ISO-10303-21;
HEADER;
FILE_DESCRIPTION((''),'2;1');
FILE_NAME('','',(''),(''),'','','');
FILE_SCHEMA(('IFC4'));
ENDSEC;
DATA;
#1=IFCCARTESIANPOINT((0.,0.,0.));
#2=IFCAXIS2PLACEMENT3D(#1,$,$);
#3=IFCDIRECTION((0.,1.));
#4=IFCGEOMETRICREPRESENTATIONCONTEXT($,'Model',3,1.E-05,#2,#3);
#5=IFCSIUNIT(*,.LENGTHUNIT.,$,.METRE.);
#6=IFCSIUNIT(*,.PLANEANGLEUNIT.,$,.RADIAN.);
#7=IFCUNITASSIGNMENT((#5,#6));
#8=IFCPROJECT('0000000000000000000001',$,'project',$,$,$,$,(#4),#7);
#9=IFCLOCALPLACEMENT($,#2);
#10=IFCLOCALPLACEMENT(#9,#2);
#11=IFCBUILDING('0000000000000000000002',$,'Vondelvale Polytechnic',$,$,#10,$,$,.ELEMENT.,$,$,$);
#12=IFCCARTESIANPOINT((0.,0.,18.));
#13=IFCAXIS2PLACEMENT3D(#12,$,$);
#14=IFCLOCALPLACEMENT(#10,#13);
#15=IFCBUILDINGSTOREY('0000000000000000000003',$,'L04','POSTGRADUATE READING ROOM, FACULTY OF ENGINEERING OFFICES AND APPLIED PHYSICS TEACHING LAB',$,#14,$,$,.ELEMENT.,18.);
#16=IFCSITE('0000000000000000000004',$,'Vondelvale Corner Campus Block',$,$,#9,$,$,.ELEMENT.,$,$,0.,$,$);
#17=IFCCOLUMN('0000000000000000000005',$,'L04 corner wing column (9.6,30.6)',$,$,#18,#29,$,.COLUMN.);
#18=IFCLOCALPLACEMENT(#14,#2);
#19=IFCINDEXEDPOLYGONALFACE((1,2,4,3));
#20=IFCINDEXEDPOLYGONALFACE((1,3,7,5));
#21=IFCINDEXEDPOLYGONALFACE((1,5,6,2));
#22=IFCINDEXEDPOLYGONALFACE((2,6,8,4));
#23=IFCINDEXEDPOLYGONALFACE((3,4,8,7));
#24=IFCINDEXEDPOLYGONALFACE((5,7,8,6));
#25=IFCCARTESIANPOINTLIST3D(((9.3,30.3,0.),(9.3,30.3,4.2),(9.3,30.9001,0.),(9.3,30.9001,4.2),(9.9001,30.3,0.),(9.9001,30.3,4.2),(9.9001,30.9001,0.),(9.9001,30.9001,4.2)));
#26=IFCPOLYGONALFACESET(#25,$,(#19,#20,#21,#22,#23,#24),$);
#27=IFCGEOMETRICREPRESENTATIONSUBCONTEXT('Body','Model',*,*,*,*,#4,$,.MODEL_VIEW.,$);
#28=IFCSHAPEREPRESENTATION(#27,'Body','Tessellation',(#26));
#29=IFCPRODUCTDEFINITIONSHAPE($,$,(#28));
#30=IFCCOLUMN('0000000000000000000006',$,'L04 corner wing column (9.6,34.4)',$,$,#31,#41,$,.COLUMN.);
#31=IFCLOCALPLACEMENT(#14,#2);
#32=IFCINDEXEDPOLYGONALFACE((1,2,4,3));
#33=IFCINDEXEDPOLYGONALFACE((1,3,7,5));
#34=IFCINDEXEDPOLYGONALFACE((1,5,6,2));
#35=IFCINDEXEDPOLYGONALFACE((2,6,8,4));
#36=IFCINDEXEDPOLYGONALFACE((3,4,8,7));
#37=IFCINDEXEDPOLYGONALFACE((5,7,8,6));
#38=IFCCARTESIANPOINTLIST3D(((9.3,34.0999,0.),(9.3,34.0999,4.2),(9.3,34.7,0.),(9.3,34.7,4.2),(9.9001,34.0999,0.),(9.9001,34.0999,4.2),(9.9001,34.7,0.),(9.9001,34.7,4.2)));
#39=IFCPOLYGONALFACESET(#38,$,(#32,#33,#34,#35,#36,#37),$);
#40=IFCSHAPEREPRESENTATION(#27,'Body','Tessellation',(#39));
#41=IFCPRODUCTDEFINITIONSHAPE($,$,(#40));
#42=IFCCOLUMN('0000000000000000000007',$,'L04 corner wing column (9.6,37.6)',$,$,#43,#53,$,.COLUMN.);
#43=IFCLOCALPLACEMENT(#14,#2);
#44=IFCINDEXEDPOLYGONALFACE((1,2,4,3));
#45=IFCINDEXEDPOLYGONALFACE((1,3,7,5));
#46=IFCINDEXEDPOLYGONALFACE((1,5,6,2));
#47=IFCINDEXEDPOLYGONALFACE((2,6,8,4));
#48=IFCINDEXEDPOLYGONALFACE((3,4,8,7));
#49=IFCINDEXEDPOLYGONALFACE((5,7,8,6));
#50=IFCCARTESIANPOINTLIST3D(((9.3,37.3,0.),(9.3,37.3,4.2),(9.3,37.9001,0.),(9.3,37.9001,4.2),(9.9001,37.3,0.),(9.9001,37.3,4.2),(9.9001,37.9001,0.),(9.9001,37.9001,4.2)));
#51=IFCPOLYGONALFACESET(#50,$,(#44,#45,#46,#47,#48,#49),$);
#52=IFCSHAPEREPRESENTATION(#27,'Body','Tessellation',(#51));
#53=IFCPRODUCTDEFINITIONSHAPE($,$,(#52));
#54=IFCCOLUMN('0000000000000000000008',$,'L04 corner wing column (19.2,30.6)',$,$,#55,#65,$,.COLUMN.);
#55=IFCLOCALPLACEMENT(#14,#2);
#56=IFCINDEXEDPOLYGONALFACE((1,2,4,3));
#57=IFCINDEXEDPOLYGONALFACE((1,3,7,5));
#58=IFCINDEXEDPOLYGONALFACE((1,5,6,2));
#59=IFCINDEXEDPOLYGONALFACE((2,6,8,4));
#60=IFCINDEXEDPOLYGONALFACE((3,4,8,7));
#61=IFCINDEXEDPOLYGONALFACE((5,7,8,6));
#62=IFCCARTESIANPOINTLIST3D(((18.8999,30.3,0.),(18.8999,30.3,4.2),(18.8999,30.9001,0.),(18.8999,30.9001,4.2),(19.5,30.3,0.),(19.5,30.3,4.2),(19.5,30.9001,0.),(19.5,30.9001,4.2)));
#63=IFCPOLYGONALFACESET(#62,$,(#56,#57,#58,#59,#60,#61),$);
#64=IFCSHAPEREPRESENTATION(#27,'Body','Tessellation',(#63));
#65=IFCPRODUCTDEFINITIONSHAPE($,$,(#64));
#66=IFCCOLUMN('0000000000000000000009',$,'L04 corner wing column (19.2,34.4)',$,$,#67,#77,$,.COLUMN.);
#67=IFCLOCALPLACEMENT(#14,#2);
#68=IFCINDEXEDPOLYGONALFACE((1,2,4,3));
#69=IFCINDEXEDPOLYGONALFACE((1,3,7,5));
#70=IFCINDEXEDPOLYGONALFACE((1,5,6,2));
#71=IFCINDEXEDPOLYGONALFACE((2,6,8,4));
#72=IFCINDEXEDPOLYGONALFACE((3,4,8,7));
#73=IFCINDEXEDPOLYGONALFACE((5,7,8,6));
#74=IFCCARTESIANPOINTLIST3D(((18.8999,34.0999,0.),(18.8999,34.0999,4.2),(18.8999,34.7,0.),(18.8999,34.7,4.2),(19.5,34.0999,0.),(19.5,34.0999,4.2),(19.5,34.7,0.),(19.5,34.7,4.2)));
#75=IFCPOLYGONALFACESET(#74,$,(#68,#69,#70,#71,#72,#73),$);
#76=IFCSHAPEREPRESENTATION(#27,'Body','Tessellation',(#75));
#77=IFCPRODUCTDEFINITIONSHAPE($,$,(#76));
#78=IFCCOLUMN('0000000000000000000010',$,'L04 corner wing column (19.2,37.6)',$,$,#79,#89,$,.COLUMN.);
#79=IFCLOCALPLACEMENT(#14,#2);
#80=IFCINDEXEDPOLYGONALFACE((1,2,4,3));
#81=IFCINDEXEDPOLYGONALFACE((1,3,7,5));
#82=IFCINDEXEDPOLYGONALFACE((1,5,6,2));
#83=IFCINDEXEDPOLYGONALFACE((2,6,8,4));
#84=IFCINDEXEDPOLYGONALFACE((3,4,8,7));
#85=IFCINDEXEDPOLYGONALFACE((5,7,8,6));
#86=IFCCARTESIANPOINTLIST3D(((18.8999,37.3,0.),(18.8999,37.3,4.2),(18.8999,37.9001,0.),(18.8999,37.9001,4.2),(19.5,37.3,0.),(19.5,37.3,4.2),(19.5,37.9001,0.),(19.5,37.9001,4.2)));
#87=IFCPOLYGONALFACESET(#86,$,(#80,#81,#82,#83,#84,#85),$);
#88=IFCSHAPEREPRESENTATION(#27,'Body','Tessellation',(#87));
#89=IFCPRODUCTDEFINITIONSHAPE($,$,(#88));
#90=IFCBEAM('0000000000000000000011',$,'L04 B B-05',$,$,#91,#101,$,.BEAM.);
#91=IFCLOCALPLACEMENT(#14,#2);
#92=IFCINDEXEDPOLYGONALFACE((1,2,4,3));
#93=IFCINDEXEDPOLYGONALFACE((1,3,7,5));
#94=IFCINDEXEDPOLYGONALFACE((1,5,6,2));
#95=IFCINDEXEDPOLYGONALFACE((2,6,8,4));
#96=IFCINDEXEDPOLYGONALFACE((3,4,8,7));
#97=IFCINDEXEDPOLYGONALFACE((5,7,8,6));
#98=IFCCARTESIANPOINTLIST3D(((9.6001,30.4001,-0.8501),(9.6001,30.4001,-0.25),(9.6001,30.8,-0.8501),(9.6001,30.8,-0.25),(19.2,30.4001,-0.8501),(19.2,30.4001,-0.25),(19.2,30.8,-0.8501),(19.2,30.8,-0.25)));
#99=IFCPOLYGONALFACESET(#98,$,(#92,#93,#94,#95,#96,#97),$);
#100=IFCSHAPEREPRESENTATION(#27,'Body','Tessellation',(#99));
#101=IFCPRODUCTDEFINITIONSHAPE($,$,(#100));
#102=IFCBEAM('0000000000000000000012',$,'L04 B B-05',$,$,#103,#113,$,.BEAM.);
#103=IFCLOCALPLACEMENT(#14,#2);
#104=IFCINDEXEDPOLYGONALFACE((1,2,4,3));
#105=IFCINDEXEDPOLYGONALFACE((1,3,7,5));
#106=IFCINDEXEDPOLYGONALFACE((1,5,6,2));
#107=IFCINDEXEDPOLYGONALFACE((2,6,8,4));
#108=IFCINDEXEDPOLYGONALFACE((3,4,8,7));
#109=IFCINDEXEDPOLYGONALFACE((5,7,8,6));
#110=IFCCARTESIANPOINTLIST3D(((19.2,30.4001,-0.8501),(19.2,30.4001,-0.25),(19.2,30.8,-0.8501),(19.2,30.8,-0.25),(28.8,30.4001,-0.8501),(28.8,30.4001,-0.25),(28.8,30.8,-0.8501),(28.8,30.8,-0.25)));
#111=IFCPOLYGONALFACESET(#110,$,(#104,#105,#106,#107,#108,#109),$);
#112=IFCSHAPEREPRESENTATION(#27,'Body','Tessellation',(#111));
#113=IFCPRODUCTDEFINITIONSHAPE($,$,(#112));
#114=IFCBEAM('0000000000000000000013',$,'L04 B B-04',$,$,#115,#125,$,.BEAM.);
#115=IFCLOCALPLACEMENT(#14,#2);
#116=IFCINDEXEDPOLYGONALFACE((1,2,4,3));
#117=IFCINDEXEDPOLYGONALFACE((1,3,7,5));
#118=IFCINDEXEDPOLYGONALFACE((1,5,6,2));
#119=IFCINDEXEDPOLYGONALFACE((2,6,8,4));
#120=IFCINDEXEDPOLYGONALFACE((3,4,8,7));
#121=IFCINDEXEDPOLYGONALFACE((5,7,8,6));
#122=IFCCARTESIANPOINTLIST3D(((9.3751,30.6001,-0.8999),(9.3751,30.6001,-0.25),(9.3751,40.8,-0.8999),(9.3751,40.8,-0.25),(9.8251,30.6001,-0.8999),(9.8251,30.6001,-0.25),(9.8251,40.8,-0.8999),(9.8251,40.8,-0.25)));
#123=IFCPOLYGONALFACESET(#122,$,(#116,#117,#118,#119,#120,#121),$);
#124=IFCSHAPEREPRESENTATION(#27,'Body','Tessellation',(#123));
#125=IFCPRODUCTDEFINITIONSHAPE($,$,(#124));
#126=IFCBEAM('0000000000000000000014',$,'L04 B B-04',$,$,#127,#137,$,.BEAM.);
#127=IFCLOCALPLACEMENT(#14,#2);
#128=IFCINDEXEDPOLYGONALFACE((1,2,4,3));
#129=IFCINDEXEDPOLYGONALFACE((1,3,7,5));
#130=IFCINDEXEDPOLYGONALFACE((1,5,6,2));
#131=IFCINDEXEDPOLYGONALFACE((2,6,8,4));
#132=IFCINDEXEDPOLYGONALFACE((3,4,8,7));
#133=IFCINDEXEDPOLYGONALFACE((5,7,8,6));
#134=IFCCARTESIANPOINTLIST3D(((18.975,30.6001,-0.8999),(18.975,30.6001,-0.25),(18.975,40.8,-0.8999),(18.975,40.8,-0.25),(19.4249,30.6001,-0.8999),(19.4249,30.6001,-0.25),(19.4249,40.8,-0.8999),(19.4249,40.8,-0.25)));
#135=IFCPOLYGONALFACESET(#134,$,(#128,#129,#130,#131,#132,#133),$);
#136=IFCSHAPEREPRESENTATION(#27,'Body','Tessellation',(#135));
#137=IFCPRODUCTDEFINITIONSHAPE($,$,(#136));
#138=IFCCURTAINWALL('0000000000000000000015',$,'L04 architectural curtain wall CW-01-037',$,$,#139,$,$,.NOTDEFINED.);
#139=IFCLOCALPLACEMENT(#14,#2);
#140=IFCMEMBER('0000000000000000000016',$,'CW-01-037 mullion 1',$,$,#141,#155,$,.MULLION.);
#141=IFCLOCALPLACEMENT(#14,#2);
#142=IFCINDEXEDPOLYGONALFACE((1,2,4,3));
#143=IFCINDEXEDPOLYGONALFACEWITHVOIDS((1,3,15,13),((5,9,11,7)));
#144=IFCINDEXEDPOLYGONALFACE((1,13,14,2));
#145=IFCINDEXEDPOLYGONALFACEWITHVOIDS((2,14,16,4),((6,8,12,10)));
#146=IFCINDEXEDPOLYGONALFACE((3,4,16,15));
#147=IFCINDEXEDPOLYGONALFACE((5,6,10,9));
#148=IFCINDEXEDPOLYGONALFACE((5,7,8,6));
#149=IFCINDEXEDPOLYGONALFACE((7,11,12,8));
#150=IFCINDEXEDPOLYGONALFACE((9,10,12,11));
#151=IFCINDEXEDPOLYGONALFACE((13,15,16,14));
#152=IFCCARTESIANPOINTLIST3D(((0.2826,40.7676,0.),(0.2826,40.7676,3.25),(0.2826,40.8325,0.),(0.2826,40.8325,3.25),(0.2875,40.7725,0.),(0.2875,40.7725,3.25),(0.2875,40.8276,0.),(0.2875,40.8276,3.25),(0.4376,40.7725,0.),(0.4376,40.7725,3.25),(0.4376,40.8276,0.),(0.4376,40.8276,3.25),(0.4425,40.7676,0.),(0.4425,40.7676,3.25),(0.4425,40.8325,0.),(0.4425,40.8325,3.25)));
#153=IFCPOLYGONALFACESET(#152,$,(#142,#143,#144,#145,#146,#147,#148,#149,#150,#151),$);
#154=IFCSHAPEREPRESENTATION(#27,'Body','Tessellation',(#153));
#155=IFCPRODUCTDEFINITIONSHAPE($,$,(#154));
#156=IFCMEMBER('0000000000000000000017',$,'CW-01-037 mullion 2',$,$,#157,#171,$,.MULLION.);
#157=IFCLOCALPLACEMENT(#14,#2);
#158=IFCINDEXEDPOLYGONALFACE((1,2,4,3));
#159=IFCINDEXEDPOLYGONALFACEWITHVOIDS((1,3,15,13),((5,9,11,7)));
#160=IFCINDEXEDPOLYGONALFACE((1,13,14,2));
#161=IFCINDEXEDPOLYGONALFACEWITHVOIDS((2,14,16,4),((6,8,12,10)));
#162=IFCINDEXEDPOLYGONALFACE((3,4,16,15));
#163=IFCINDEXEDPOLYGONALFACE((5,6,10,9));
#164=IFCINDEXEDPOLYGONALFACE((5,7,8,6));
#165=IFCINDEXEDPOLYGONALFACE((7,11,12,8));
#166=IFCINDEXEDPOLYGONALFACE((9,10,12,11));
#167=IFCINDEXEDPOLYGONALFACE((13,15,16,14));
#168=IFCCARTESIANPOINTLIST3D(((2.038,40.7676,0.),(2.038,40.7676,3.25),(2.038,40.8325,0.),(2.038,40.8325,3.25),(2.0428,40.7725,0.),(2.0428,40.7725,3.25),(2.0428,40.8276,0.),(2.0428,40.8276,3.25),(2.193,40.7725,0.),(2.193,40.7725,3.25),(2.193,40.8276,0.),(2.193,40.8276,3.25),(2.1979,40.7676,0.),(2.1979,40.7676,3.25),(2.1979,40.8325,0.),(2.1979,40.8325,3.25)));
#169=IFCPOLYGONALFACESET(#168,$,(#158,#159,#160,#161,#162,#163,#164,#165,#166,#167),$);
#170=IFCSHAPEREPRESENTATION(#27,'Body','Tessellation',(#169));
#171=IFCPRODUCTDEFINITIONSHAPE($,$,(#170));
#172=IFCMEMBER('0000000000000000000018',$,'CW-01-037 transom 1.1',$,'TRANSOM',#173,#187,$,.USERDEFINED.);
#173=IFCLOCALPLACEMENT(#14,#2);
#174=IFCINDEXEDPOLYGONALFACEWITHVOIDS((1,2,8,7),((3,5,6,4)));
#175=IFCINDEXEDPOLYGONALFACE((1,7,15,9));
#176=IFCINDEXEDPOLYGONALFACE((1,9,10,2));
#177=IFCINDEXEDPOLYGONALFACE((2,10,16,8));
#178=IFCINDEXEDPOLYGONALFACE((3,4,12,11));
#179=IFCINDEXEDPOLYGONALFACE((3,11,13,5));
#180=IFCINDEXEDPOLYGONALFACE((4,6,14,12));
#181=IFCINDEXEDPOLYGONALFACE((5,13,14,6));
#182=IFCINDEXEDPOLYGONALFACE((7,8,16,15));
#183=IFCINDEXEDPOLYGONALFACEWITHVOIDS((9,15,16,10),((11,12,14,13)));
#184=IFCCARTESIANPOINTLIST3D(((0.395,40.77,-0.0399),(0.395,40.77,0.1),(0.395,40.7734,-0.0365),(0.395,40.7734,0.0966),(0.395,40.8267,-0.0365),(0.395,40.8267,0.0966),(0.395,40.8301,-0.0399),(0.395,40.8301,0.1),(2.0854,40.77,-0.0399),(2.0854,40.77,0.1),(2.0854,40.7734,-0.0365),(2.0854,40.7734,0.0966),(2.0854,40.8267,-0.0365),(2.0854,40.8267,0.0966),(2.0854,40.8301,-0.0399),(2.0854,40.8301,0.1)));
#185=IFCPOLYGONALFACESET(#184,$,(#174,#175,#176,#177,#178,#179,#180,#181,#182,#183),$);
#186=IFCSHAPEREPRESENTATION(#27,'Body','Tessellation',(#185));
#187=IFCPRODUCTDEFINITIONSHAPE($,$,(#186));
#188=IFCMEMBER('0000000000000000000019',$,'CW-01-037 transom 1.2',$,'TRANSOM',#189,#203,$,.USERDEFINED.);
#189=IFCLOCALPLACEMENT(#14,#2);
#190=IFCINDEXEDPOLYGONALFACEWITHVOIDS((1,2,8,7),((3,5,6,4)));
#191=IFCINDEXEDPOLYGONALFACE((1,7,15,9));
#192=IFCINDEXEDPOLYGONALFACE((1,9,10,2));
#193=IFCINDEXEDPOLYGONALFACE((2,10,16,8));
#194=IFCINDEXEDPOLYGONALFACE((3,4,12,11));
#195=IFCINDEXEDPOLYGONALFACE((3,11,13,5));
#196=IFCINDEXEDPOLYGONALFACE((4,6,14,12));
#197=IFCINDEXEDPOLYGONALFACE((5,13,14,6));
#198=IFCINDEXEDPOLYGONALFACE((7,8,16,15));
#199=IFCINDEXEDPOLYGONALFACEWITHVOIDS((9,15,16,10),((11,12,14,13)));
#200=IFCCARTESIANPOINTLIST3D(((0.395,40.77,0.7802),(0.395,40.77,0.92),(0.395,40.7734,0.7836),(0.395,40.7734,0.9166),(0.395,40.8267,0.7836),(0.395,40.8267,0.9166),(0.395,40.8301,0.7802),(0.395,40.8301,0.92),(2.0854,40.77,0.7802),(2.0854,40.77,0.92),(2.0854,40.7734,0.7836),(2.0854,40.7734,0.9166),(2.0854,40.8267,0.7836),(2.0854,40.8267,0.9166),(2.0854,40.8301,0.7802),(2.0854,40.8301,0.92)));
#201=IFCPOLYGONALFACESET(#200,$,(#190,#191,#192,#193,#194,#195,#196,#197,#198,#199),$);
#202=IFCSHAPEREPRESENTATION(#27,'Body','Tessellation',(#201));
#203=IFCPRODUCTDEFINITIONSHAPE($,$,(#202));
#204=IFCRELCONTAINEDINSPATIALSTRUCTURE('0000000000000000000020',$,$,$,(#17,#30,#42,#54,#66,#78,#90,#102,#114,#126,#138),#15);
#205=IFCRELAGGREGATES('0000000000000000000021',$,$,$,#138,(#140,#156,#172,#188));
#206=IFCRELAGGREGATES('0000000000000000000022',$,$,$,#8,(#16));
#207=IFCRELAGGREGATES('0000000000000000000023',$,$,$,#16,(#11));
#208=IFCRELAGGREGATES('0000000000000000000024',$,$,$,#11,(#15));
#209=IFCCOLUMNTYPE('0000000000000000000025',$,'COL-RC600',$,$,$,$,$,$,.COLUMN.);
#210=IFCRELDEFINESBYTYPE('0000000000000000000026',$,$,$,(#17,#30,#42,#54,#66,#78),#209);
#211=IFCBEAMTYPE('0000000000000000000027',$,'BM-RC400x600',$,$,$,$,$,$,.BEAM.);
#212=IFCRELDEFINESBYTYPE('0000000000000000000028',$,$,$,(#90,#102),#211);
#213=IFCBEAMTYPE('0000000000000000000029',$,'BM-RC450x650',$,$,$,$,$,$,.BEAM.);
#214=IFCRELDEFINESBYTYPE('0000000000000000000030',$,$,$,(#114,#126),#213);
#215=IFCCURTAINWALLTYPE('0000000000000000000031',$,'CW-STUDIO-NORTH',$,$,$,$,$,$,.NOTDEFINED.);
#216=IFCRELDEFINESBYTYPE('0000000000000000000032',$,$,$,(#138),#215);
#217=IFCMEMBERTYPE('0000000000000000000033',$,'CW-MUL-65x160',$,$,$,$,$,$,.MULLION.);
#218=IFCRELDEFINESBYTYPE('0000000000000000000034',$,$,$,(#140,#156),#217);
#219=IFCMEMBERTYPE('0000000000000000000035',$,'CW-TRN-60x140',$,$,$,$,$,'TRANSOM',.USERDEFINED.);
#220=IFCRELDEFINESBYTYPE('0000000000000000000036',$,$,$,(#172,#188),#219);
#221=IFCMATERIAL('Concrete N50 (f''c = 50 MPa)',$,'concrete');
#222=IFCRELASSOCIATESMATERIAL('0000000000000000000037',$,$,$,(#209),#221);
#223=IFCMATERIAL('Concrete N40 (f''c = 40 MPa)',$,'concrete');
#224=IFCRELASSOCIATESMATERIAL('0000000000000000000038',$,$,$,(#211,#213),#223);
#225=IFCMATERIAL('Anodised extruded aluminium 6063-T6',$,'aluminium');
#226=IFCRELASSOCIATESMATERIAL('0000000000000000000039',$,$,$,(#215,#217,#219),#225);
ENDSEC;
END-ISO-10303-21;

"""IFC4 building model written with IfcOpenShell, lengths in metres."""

from ifc_helpers import new_model, si_unit, direction, frame, origin, origin_2d, place, context, subcontext, project, spatial, rectangle, hollow_rectangle, extrude, material, material_profile, profile_set, type_object, element, aggregate, save


model = new_model("IFC4")

# Units and contexts
model_context = context("Model", 3, precision=1e-05, world=origin(), true_north=direction((0.0, 1.0)))
body_context = subcontext(model_context, "Body", "Model", "MODEL_VIEW")
ifc_project = project(units=[si_unit("LENGTHUNIT", "METRE"), si_unit("PLANEANGLEUNIT", "RADIAN")], contexts=[model_context])

# Site, building, storey
site_placement = place(None, origin())
site = spatial("IfcSite", under=ifc_project, at=site_placement, Name="Vondelvale Corner Campus Block", CompositionType="ELEMENT", RefElevation=0.0)
building_placement = place(site_placement, origin())
building = spatial("IfcBuilding", under=site, at=building_placement, Name="Vondelvale Polytechnic", CompositionType="ELEMENT")
storey_placement = place(building_placement, frame((0.0, 0.0, 18.0)))
storey = spatial("IfcBuildingStorey", under=building, at=storey_placement, Name="L04", Description="POSTGRADUATE READING ROOM, FACULTY OF ENGINEERING OFFICES AND APPLIED PHYSICS TEACHING LAB", CompositionType="ELEMENT", Elevation=18.0)

# Columns
ifc_material_1 = material(Name="Concrete N50 (f'c = 50 MPa)", Category="concrete")
ifc_material_profile_1 = material_profile(ifc_material_1, rectangle(XDim=0.6001, YDim=0.6001, at=origin_2d()), Name="RC-COL-600x600")
ifc_profile_set_1 = profile_set([ifc_material_profile_1], Name="Concrete N50 (f'c = 50 MPa)")
column_type = type_object("IfcColumnType", Name="COL-RC600", PredefinedType="COLUMN", material=ifc_profile_set_1)
for number, where, z_axis, x_axis, name in (
    (1, (9.6001, 30.6001, 0.0), (0.0, 0.0, 1.0), (1.0, 0.0, 0.0), "L04 corner wing column (9.6,30.6)"),
    (2, (9.6001, 34.3999, 0.0), (0.0, 0.0, 1.0), (1.0, 0.0, 0.0), "L04 corner wing column (9.6,34.4)"),
    (3, (9.6001, 37.6001, 0.0), (0.0, 0.0, 1.0), (1.0, 0.0, 0.0), "L04 corner wing column (9.6,37.6)"),
    (4, (19.2, 30.6001, 0.0), (0.0, 0.0, 1.0), (1.0, 0.0, 0.0), "L04 corner wing column (19.2,30.6)"),
    (5, (19.2, 34.3999, 0.0), (0.0, 0.0, 1.0), (1.0, 0.0, 0.0), "L04 corner wing column (19.2,34.4)"),
    (6, (19.2, 37.6001, 0.0), (0.0, 0.0, 1.0), (1.0, 0.0, 0.0), "L04 corner wing column (19.2,37.6)"),
):
    element("IfcColumn", number, at=place(storey_placement, frame(where, z_axis=z_axis, x_axis=x_axis)), inside=storey, type_object=column_type, Name=name, PredefinedType="COLUMN", context=body_context, shape_type="SweptSolid", body=[
        extrude(rectangle(XDim=0.6001, YDim=0.6001, at=origin_2d()), origin(), (0.0, 0.0, 1.0), 4.2),
    ])

# Beams
ifc_material_2 = material(Name="Concrete N40 (f'c = 40 MPa)", Category="concrete")
ifc_material_profile_2 = material_profile(ifc_material_2, rectangle(XDim=0.3999, YDim=0.6001, at=origin_2d()), Name="RC-BM-400x600")
ifc_profile_set_2 = profile_set([ifc_material_profile_2], Name="Concrete N40 (f'c = 40 MPa)")
beam_type_1 = type_object("IfcBeamType", Name="BM-RC400x600", PredefinedType="BEAM", material=ifc_profile_set_2)
beam_1_placement = place(storey_placement, frame((9.6001, 30.6001, -0.55), z_axis=(1.0, 0.0, 0.0), x_axis=(0.0, 1.0, 0.0)))
element("IfcBeam", 7, at=beam_1_placement, inside=storey, type_object=beam_type_1, Name="L04 B B-05", PredefinedType="BEAM", context=body_context, shape_type="SweptSolid", body=[
    extrude(rectangle(XDim=0.3999, YDim=0.6001, at=origin_2d()), origin(), (0.0, 0.0, 1.0), 9.5999),
])
beam_2_placement = place(storey_placement, frame((19.2, 30.6001, -0.55), z_axis=(1.0, 0.0, 0.0), x_axis=(0.0, 1.0, 0.0)))
element("IfcBeam", 8, at=beam_2_placement, inside=storey, type_object=beam_type_1, Name="L04 B B-05", PredefinedType="BEAM", context=body_context, shape_type="SweptSolid", body=[
    extrude(rectangle(XDim=0.3999, YDim=0.6001, at=origin_2d()), origin(), (0.0, 0.0, 1.0), 9.6001),
])
ifc_material_profile_3 = material_profile(ifc_material_2, rectangle(XDim=0.45, YDim=0.6499, at=origin_2d()), Name="RC-BM-450x650")
ifc_profile_set_3 = profile_set([ifc_material_profile_3], Name="Concrete N40 (f'c = 40 MPa)")
beam_type_2 = type_object("IfcBeamType", Name="BM-RC450x650", PredefinedType="BEAM", material=ifc_profile_set_3)
for number, where, z_axis, x_axis, name in (
    (9, (9.6001, 30.6001, -0.575), (0.0, 1.0, 0.0), (-1.0, 0.0, 0.0), "L04 B B-04"),
    (10, (19.2, 30.6001, -0.575), (0.0, 1.0, 0.0), (-1.0, 0.0, 0.0), "L04 B B-04"),
):
    element("IfcBeam", number, at=place(storey_placement, frame(where, z_axis=z_axis, x_axis=x_axis)), inside=storey, type_object=beam_type_2, Name=name, PredefinedType="BEAM", context=body_context, shape_type="SweptSolid", body=[
        extrude(rectangle(XDim=0.45, YDim=0.6499, at=origin_2d()), origin(), (0.0, 0.0, 1.0), 10.2),
    ])

# Curtain wall, members
ifc_material_3 = material(Name="Anodised extruded aluminium 6063-T6", Category="aluminium")
curtain_wall_type = type_object("IfcCurtainWallType", Name="CW-STUDIO-NORTH", PredefinedType="NOTDEFINED", material=ifc_material_3)
curtain_wall_placement = place(storey_placement, origin())
curtain_wall = element("IfcCurtainWall", 11, at=curtain_wall_placement, inside=storey, type_object=curtain_wall_type, Name="L04 architectural curtain wall CW-01-037", PredefinedType="NOTDEFINED")
ifc_material_profile_4 = material_profile(ifc_material_3, hollow_rectangle(XDim=0.0649, YDim=0.1599, WallThickness=0.0049, at=origin_2d()), Name="CW-MUL-160x65")
ifc_profile_set_4 = profile_set([ifc_material_profile_4], Name="Anodised extruded aluminium 6063-T6")
member_type_1 = type_object("IfcMemberType", Name="CW-MUL-65x160", PredefinedType="MULLION", material=ifc_profile_set_4)
member_1_placement = place(storey_placement, frame((0.3625, 40.8, 0.0), z_axis=(0.0, 0.0, 1.0), x_axis=(0.0, 1.0, 0.0)))
member_1 = element("IfcMember", 12, at=member_1_placement, type_object=member_type_1, Name="CW-01-037 mullion 1", PredefinedType="MULLION", context=body_context, shape_type="SweptSolid", body=[
    extrude(hollow_rectangle(XDim=0.0649, YDim=0.1599, WallThickness=0.0049, at=origin_2d()), origin(), (0.0, 0.0, 1.0), 3.25),
])
member_2_placement = place(storey_placement, frame((2.1179, 40.8, 0.0), z_axis=(0.0, 0.0, 1.0), x_axis=(0.0, 1.0, 0.0)))
member_2 = element("IfcMember", 13, at=member_2_placement, type_object=member_type_1, Name="CW-01-037 mullion 2", PredefinedType="MULLION", context=body_context, shape_type="SweptSolid", body=[
    extrude(hollow_rectangle(XDim=0.0649, YDim=0.1599, WallThickness=0.0049, at=origin_2d()), origin(), (0.0, 0.0, 1.0), 3.25),
])
ifc_material_profile_5 = material_profile(ifc_material_3, hollow_rectangle(XDim=0.0601, YDim=0.1399, WallThickness=0.0034, at=origin_2d()), Name="CW-TRN-140x60")
ifc_profile_set_5 = profile_set([ifc_material_profile_5], Name="Anodised extruded aluminium 6063-T6")
member_type_2 = type_object("IfcMemberType", Name="CW-TRN-60x140", ElementType="TRANSOM", PredefinedType="USERDEFINED", material=ifc_profile_set_5)
member_3_placement = place(storey_placement, frame((0.395, 40.8, 0.03), z_axis=(1.0, 0.0, 0.0), x_axis=(0.0, 1.0, 0.0)))
member_3 = element("IfcMember", 14, at=member_3_placement, type_object=member_type_2, Name="CW-01-037 transom 1.1", ObjectType="TRANSOM", PredefinedType="USERDEFINED", context=body_context, shape_type="SweptSolid", body=[
    extrude(hollow_rectangle(XDim=0.0601, YDim=0.1399, WallThickness=0.0034, at=origin_2d()), origin(), (0.0, 0.0, 1.0), 1.6904),
])
member_4_placement = place(storey_placement, frame((0.395, 40.8, 0.8501), z_axis=(1.0, 0.0, 0.0), x_axis=(0.0, 1.0, 0.0)))
member_4 = element("IfcMember", 15, at=member_4_placement, type_object=member_type_2, Name="CW-01-037 transom 1.2", ObjectType="TRANSOM", PredefinedType="USERDEFINED", context=body_context, shape_type="SweptSolid", body=[
    extrude(hollow_rectangle(XDim=0.0601, YDim=0.1399, WallThickness=0.0034, at=origin_2d()), origin(), (0.0, 0.0, 1.0), 1.6904),
])

aggregate(curtain_wall, [member_1, member_2, member_3, member_4])

save(model, "model.ifc")
